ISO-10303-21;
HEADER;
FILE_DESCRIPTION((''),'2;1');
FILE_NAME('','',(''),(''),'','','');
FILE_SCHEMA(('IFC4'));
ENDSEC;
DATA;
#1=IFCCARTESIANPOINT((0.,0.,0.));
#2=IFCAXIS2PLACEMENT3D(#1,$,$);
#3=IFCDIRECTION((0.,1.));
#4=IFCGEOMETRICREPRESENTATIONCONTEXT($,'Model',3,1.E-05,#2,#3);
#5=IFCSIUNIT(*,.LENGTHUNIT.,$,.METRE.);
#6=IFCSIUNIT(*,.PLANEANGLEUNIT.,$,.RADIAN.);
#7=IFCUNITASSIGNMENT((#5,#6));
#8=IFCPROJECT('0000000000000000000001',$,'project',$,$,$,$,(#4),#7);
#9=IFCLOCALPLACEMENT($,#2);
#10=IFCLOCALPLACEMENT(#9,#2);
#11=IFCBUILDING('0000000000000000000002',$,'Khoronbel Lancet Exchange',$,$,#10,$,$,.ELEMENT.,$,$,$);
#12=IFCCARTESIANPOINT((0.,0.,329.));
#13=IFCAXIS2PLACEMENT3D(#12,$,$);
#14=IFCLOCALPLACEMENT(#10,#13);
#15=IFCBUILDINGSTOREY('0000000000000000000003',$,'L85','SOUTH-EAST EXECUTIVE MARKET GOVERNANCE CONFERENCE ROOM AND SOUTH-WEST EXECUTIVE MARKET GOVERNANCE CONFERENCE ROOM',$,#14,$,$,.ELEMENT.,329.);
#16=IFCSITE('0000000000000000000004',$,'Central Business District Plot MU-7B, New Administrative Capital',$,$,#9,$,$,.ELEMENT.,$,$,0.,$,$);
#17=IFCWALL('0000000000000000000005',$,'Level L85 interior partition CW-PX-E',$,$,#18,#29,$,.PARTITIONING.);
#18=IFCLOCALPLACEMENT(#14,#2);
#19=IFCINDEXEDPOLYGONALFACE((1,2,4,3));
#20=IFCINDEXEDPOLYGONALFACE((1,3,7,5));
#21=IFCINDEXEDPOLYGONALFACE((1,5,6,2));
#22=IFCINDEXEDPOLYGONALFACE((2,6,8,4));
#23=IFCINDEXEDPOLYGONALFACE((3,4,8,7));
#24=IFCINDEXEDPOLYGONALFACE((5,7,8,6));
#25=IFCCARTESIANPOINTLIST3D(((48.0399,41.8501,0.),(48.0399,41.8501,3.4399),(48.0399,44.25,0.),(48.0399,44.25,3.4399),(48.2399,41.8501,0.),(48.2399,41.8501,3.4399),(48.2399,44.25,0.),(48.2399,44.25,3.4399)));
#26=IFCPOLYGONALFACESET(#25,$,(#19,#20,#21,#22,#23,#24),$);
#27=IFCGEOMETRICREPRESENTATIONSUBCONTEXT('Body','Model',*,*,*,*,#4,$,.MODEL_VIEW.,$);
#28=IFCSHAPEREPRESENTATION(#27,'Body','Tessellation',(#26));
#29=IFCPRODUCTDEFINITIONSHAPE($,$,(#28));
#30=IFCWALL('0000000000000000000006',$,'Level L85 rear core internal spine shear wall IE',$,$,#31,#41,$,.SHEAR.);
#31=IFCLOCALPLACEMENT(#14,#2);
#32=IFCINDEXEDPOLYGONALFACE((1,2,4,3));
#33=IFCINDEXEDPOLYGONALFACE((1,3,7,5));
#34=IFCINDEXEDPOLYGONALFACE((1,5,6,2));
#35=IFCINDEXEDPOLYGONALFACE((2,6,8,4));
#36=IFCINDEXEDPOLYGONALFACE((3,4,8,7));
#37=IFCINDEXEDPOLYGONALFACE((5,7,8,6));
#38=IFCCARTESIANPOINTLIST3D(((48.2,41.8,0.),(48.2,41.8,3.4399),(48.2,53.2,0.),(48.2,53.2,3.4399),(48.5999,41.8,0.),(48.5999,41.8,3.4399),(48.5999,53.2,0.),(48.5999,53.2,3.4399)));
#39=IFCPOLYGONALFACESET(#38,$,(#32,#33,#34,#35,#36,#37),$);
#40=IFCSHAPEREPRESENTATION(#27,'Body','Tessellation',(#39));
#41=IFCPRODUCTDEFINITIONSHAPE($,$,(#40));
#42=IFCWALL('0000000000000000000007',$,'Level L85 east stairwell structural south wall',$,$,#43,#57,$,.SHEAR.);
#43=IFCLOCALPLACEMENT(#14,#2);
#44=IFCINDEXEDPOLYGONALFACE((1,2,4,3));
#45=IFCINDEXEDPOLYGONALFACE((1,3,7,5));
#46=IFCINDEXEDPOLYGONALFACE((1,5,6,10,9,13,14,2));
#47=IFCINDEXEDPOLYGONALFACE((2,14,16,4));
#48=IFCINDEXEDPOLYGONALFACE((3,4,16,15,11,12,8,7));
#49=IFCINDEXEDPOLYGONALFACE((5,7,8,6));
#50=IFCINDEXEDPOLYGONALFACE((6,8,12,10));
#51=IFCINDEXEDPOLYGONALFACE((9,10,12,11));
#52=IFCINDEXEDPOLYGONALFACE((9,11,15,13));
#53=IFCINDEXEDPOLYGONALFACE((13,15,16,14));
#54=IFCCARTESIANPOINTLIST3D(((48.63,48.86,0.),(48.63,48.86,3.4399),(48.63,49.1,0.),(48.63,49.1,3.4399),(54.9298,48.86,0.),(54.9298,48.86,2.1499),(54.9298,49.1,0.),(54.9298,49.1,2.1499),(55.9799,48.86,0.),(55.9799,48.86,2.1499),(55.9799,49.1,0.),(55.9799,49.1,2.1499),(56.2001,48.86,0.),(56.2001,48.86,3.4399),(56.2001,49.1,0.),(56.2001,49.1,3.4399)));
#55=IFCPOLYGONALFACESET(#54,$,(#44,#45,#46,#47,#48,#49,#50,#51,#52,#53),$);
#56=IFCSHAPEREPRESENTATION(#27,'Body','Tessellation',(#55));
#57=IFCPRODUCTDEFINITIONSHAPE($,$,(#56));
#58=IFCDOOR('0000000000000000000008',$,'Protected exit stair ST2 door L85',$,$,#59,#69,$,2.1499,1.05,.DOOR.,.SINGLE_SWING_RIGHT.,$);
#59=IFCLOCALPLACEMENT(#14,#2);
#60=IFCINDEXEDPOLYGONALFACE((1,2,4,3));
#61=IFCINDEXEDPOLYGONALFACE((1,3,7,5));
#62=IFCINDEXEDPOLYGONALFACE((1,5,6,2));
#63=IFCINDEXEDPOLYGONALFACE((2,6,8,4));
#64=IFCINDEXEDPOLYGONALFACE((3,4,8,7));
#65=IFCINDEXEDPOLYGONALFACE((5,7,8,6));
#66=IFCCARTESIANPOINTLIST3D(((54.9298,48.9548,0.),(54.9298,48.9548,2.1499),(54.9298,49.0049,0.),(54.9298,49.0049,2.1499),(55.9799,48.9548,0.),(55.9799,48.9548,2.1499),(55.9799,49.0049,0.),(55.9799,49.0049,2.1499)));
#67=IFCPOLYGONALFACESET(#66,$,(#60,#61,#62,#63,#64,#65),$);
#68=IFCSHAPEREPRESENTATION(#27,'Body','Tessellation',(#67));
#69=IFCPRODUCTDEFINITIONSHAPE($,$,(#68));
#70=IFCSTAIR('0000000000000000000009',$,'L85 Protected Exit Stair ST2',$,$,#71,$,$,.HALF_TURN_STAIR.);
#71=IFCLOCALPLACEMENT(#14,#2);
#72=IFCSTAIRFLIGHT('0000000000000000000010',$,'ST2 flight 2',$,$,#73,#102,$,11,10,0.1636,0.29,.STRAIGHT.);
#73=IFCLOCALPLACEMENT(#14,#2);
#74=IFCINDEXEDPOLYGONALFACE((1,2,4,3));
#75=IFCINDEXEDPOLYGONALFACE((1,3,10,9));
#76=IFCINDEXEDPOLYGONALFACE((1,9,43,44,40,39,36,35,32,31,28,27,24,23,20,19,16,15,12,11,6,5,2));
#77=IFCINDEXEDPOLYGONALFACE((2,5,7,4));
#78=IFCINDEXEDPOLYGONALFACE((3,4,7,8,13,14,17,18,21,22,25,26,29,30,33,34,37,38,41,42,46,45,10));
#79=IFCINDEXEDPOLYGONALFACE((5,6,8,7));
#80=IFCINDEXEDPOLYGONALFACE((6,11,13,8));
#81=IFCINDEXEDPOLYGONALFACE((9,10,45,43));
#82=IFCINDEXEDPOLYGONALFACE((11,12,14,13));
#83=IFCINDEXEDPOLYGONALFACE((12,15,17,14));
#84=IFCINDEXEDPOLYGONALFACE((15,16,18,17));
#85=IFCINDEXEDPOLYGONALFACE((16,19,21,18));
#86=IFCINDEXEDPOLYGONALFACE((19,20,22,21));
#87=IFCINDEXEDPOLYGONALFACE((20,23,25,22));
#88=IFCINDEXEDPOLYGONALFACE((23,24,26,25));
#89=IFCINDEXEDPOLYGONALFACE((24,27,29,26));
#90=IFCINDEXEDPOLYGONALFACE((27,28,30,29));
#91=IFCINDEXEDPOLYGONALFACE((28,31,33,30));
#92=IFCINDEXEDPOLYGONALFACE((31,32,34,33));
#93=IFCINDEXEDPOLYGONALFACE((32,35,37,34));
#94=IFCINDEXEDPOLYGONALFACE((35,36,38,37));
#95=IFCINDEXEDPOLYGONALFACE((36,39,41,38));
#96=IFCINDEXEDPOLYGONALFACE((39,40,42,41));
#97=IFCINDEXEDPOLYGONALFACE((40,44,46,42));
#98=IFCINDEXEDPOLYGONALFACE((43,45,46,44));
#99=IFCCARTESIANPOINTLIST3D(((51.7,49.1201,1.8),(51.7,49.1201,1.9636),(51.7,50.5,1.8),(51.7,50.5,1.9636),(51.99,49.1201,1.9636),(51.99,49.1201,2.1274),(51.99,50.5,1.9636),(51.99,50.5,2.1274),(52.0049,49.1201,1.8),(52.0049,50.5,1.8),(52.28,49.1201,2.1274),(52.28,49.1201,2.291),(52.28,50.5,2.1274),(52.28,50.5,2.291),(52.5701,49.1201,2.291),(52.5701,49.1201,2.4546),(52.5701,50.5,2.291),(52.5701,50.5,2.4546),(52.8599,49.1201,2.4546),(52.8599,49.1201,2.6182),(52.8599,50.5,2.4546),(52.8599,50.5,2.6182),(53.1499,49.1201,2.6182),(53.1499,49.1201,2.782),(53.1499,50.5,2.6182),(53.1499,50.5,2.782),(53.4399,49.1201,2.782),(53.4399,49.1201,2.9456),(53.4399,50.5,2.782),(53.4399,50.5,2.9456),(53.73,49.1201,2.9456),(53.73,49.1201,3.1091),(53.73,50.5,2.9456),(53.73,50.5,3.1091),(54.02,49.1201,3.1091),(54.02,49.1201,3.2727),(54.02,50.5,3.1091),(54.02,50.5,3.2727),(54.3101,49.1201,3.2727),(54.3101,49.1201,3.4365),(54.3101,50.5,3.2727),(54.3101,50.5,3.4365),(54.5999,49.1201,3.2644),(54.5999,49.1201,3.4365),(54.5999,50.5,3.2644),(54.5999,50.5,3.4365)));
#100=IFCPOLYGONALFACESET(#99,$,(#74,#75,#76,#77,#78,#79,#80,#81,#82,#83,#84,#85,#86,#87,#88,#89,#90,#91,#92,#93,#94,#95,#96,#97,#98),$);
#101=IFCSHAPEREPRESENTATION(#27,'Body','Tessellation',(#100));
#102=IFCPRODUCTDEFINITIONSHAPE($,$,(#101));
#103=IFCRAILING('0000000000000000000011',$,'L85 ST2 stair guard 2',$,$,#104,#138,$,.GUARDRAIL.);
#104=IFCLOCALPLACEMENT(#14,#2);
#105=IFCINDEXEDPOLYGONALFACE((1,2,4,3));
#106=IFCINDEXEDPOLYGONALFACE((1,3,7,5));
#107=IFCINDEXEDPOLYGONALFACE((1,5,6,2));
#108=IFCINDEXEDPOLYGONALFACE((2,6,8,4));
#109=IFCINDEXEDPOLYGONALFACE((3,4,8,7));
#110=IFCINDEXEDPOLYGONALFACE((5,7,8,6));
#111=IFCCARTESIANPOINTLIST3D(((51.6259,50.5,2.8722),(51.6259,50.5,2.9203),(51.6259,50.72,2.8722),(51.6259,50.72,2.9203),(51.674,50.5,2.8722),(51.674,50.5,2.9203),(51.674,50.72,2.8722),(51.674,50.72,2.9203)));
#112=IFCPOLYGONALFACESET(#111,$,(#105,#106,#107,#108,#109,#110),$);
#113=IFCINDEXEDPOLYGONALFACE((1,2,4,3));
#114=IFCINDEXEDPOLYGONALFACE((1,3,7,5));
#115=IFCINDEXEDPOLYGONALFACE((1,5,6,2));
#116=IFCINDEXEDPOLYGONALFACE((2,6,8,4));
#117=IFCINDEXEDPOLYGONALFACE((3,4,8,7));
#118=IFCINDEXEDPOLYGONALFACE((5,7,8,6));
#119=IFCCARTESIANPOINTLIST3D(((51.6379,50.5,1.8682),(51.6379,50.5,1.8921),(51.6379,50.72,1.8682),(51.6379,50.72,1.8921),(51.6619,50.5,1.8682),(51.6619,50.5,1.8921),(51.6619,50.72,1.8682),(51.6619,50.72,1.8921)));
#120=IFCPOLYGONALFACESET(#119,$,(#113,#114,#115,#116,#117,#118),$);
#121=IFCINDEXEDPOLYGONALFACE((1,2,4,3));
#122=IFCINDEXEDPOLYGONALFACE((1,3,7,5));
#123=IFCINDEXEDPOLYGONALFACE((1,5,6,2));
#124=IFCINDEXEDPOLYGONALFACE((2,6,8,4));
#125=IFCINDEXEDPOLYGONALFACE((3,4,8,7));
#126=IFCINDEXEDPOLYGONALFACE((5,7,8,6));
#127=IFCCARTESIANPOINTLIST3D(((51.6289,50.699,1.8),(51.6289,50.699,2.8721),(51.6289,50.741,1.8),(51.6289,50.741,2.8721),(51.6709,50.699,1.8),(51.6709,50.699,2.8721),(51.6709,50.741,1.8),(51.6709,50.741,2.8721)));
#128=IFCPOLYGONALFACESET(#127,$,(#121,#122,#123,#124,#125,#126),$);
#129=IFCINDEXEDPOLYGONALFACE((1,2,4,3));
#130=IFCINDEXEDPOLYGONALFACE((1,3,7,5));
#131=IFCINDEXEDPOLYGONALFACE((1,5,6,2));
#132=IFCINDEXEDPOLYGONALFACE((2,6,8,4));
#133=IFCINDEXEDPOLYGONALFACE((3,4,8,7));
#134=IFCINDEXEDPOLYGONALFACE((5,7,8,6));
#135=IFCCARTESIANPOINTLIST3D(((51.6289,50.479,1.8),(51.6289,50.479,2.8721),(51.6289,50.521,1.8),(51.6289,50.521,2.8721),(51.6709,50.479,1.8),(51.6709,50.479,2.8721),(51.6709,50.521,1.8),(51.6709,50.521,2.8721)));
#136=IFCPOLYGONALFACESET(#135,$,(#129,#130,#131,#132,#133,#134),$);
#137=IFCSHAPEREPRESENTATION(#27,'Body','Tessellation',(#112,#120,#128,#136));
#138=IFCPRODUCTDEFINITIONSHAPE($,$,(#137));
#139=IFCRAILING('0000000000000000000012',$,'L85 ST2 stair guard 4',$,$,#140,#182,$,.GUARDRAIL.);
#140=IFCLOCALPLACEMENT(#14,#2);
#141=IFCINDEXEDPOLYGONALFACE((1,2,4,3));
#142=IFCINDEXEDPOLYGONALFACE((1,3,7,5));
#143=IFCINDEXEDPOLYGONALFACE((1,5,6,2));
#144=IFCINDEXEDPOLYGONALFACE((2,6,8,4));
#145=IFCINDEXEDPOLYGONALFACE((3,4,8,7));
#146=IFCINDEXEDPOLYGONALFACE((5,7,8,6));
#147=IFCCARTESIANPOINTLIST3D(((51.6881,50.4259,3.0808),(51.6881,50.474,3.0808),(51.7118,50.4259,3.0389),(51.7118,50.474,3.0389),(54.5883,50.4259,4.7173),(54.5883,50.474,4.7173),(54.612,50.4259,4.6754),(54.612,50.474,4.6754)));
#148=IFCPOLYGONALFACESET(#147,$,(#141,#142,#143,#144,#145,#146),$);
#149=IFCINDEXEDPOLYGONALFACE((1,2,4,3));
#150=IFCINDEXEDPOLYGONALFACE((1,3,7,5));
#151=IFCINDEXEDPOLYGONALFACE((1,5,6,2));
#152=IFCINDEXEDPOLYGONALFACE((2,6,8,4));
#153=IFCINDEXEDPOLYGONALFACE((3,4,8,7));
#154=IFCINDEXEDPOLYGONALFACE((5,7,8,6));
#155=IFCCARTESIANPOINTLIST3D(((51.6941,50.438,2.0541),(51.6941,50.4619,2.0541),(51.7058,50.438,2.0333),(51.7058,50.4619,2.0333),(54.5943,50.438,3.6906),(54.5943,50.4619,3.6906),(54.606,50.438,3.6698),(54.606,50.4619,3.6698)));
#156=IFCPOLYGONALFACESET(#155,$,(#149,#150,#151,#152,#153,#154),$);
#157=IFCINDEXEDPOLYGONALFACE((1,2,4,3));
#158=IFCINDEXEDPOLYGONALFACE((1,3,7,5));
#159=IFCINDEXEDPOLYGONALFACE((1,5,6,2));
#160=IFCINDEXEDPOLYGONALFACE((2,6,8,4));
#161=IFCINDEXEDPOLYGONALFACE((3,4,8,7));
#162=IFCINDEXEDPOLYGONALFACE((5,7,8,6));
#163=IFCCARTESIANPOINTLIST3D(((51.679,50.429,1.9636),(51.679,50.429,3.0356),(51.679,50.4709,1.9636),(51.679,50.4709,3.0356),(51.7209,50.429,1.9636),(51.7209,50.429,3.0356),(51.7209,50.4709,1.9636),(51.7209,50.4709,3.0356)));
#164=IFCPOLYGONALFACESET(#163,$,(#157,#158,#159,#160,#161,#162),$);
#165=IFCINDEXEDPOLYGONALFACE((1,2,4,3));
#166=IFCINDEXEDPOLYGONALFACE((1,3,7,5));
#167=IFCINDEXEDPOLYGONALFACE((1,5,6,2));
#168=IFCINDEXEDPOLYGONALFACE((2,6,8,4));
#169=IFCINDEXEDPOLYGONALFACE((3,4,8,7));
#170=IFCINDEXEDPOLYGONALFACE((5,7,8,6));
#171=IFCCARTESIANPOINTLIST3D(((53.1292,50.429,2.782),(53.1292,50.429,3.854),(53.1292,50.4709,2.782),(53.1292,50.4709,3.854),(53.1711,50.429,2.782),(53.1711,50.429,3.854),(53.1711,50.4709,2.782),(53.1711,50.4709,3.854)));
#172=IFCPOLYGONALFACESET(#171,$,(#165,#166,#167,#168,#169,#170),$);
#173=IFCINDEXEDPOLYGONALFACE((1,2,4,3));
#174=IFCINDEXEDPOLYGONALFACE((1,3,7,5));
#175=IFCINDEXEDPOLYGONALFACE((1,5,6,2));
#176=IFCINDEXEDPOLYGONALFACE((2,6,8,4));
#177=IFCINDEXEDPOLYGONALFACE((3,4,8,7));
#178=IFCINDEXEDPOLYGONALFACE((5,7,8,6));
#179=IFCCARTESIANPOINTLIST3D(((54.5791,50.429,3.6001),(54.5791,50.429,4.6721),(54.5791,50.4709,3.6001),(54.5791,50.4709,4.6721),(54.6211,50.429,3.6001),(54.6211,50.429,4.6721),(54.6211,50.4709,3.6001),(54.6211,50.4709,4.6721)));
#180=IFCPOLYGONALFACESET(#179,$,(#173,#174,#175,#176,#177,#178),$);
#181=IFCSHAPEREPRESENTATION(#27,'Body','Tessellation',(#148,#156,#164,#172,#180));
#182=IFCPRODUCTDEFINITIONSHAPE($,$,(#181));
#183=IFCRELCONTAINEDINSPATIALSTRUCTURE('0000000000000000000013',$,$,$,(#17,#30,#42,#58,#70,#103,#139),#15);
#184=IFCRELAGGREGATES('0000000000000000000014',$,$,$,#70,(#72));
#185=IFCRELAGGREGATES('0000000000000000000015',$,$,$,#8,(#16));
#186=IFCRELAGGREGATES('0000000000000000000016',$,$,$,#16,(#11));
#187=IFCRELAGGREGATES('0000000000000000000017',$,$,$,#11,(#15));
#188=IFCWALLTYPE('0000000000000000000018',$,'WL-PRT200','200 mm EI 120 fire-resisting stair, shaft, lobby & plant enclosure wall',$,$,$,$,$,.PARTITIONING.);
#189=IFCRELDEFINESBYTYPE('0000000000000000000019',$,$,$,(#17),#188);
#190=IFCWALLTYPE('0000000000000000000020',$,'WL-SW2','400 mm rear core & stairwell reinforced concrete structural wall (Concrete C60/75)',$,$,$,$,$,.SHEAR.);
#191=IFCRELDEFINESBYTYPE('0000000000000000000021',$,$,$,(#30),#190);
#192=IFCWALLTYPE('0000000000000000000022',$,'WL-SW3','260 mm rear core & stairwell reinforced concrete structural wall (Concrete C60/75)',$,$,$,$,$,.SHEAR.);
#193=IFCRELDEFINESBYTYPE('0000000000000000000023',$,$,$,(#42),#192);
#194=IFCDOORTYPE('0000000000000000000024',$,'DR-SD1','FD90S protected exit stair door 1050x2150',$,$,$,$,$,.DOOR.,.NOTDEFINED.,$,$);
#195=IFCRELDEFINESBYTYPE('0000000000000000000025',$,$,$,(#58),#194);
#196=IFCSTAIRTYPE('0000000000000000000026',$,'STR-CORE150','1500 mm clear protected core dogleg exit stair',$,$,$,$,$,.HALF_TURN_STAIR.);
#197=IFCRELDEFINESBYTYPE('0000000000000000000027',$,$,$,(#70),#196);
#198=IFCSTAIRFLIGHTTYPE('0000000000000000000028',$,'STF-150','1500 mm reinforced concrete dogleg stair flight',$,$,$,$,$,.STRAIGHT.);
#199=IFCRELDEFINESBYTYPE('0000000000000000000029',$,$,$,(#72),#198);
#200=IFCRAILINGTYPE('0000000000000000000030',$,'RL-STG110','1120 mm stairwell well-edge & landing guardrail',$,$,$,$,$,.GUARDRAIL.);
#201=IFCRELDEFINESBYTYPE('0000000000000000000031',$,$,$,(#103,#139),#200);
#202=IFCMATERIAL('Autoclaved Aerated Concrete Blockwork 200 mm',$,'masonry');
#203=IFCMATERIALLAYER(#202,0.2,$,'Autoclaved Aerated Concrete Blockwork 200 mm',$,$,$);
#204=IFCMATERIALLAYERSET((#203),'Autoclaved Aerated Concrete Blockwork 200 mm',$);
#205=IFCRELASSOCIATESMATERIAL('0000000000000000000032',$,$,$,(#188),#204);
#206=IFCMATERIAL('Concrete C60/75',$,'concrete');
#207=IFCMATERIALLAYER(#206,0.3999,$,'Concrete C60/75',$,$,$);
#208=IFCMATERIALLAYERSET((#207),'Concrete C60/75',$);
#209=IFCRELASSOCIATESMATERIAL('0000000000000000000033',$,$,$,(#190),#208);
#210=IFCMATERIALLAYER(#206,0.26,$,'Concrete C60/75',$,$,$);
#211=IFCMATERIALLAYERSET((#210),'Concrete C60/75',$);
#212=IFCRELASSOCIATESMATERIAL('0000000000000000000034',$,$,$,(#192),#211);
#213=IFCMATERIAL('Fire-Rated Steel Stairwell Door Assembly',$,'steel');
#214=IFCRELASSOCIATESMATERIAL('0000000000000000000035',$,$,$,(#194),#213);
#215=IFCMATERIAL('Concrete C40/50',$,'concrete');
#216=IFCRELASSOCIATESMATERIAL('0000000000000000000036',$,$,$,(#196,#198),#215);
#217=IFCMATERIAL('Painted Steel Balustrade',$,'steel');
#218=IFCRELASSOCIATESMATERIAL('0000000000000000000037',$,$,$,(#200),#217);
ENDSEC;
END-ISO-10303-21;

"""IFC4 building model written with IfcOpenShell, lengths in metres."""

from ifc_helpers import new_model, si_unit, direction, frame, frame_2d, origin, origin_2d, place, context, subcontext, project, spatial, polyline, rectangle, outline, extrude, material, layer, layer_set, type_object, element, fill, aggregate, save


model = new_model("IFC4")

# Units and contexts
model_context = context("Model", 3, precision=1e-05, world=origin(), true_north=direction((0.0, 1.0)))
body_context = subcontext(model_context, "Body", "Model", "MODEL_VIEW")
ifc_project = project(units=[si_unit("LENGTHUNIT", "METRE"), si_unit("PLANEANGLEUNIT", "RADIAN")], contexts=[model_context])

# Site, building, storey
site_placement = place(None, origin())
site = spatial("IfcSite", under=ifc_project, at=site_placement, Name="Central Business District Plot MU-7B, New Administrative Capital", CompositionType="ELEMENT", RefElevation=0.0)
building_placement = place(site_placement, origin())
building = spatial("IfcBuilding", under=site, at=building_placement, Name="Khoronbel Lancet Exchange", CompositionType="ELEMENT")
storey_placement = place(building_placement, frame((0.0, 0.0, 329.0)))
storey = spatial("IfcBuildingStorey", under=building, at=storey_placement, Name="L85", Description="SOUTH-EAST EXECUTIVE MARKET GOVERNANCE CONFERENCE ROOM AND SOUTH-WEST EXECUTIVE MARKET GOVERNANCE CONFERENCE ROOM", CompositionType="ELEMENT", Elevation=329.0)

# Shared definitions
ifc_material_1 = material(Name="Autoclaved Aerated Concrete Blockwork 200 mm", Category="masonry")
ifc_layer_1 = layer(ifc_material_1, 0.2, Name="Autoclaved Aerated Concrete Blockwork 200 mm")
ifc_layer_set_1 = layer_set([ifc_layer_1], Name="Autoclaved Aerated Concrete Blockwork 200 mm")
wall_type_1 = type_object("IfcWallType", Name="WL-PRT200", Description="200 mm EI 120 fire-resisting stair, shaft, lobby & plant enclosure wall", PredefinedType="PARTITIONING", material=ifc_layer_set_1)

# Walls
for number, where, z_axis, x_axis, name in (
    (1, (48.1399, 41.8501, 0.0), (0.0, 0.0, 1.0), (0.0, 1.0, 0.0), "Level L85 interior partition CW-PX-E"),
):
    element("IfcWall", number, at=place(storey_placement, frame(where, z_axis=z_axis, x_axis=x_axis)), inside=storey, type_object=wall_type_1, Name=name, PredefinedType="PARTITIONING", context=body_context, shape_type="SweptSolid", body=[
        extrude(rectangle(XDim=2.3999, YDim=0.2, at=frame_2d((1.2, 0.0))), origin(), (0.0, 0.0, 1.0), 3.4399),
    ])
ifc_material_2 = material(Name="Concrete C60/75", Category="concrete")
ifc_layer_2 = layer(ifc_material_2, 0.3999, Name="Concrete C60/75")
ifc_layer_set_2 = layer_set([ifc_layer_2], Name="Concrete C60/75")
wall_type_2 = type_object("IfcWallType", Name="WL-SW2", Description="400 mm rear core & stairwell reinforced concrete structural wall (Concrete C60/75)", PredefinedType="SHEAR", material=ifc_layer_set_2)
wall_1_placement = place(storey_placement, frame((48.3999, 41.8, 0.0), z_axis=(0.0, 0.0, 1.0), x_axis=(0.0, 1.0, 0.0)))
element("IfcWall", 2, at=wall_1_placement, inside=storey, type_object=wall_type_2, Name="Level L85 rear core internal spine shear wall IE", PredefinedType="SHEAR", context=body_context, shape_type="SweptSolid", body=[
    extrude(rectangle(XDim=11.3999, YDim=0.3999, at=frame_2d((5.7, 0.0))), origin(), (0.0, 0.0, 1.0), 3.4399),
])

# Wall, opening, door
ifc_layer_3 = layer(ifc_material_2, 0.26, Name="Concrete C60/75")
ifc_layer_set_3 = layer_set([ifc_layer_3], Name="Concrete C60/75")
wall_type_3 = type_object("IfcWallType", Name="WL-SW3", Description="260 mm rear core & stairwell reinforced concrete structural wall (Concrete C60/75)", PredefinedType="SHEAR", material=ifc_layer_set_3)
wall_2_placement = place(storey_placement, frame((48.6299, 48.98, 0.0), z_axis=(0.0, 0.0, 1.0), x_axis=(1.0, 0.0, 0.0)))
wall_2 = element("IfcWall", 3, at=wall_2_placement, inside=storey, type_object=wall_type_3, Name="Level L85 east stairwell structural south wall", PredefinedType="SHEAR", context=body_context, shape_type="SweptSolid", body=[
    extrude(rectangle(XDim=7.5701, YDim=0.24, at=frame_2d((3.7852, 0.0))), origin(), (0.0, 0.0, 1.0), 3.4399),
])
opening_1_placement = place(wall_2_placement, frame((6.3, 0.0, 0.0)))
opening_1 = element("IfcOpeningElement", 4, at=opening_1_placement, cuts=wall_2, PredefinedType="OPENING", context=body_context, shape_type="SweptSolid", body=[
    extrude(rectangle(XDim=1.05, YDim=2.1499, at=frame_2d((0.5249, 1.075))), frame((0.0, 0.1299, 0.0), z_axis=(0.0, -1.0, 0.0), x_axis=(1.0, 0.0, 0.0)), (0.0, 0.0, 1.0), 0.26),
])
ifc_material_3 = material(Name="Fire-Rated Steel Stairwell Door Assembly", Category="steel")
door_type_1 = type_object("IfcDoorType", Name="DR-SD1", Description="FD90S protected exit stair door 1050x2150", OperationType="NOTDEFINED", PredefinedType="DOOR", material=ifc_material_3)
door_1_placement = place(opening_1_placement, origin())
door_1 = element("IfcDoor", 5, at=door_1_placement, inside=storey, type_object=door_type_1, Name="Protected exit stair ST2 door L85", OperationType="SINGLE_SWING_RIGHT", OverallHeight=2.1499, OverallWidth=1.05, PredefinedType="DOOR", context=body_context, shape_type="SweptSolid", body=[
    extrude(rectangle(XDim=1.05, YDim=2.1499, at=frame_2d((0.5249, 1.075))), frame((0.0, 0.0249, 0.0), z_axis=(0.0, -1.0, 0.0), x_axis=(1.0, 0.0, 0.0)), (0.0, 0.0, 1.0), 0.05),
])
fill(opening_1, door_1)

# Stair, stair flight
ifc_material_4 = material(Name="Concrete C40/50", Category="concrete")
stair_type = type_object("IfcStairType", Name="STR-CORE150", Description="1500 mm clear protected core dogleg exit stair", PredefinedType="HALF_TURN_STAIR", material=ifc_material_4)
stair_placement = place(storey_placement, origin())
stair = element("IfcStair", 6, at=stair_placement, inside=storey, type_object=stair_type, Name="L85 Protected Exit Stair ST2", PredefinedType="HALF_TURN_STAIR")
stair_flight_type = type_object("IfcStairFlightType", Name="STF-150", Description="1500 mm reinforced concrete dogleg stair flight", PredefinedType="STRAIGHT", material=ifc_material_4)
stair_flight_placement = place(storey_placement, frame((51.7, 49.8101, 1.8), z_axis=(0.0, 0.0, 1.0), x_axis=(1.0, 0.0, 0.0)))
stair_flight = element("IfcStairFlight", 7, at=stair_flight_placement, type_object=stair_flight_type, Name="ST2 flight 2", NumberOfRisers=11, NumberOfTreads=10, PredefinedType="STRAIGHT", RiserHeight=0.1636, TreadLength=0.29, context=body_context, shape_type="SweptSolid", body=[
    extrude(outline(polyline([(0.0, 0.0), (0.0, 0.1636), (0.29, 0.1636), (0.29, 0.3274), (0.5801, 0.3274), (0.5801, 0.491), (0.8701, 0.491), (0.8701, 0.6545), (1.1599, 0.6545), (1.1599, 0.8181), (1.45, 0.8181), (1.45, 0.9819), (1.74, 0.9819), (1.74, 1.1455), (2.03, 1.1455), (2.03, 1.3091), (2.3201, 1.3091), (2.3201, 1.4727), (2.6101, 1.4727), (2.6101, 1.6365), (2.8999, 1.6365), (2.8999, 1.8), (2.8999, 1.4644), (0.3049, 0.0), (0.0, 0.0)])), frame((0.0, 0.6899, 0.0), z_axis=(0.0, -1.0, 0.0), x_axis=(1.0, 0.0, 0.0)), (0.0, 0.0, 1.0), 1.3799),
])
aggregate(stair, [stair_flight])

# Railings
ifc_material_5 = material(Name="Painted Steel Balustrade", Category="steel")
railing_type_1 = type_object("IfcRailingType", Name="RL-STG110", Description="1120 mm stairwell well-edge & landing guardrail", PredefinedType="GUARDRAIL", material=ifc_material_5)
railing_1_placement = place(storey_placement, frame((51.6499, 50.72, 1.8)))
element("IfcRailing", 8, at=railing_1_placement, inside=storey, type_object=railing_type_1, Name="L85 ST2 stair guard 2", PredefinedType="GUARDRAIL", context=body_context, shape_type="SweptSolid", body=[
    extrude(rectangle(XDim=0.0481, YDim=0.0481, at=origin_2d()), frame((0.0, 0.0, 1.0962), z_axis=(0.0, -1.0, 0.0), x_axis=(1.0, 0.0, 0.0)), (0.0, 0.0, 1.0), 0.22),
    extrude(rectangle(XDim=0.0239, YDim=0.0239, at=origin_2d()), frame((0.0, 0.0, 0.0801), z_axis=(0.0, -1.0, 0.0), x_axis=(1.0, 0.0, 0.0)), (0.0, 0.0, 1.0), 0.22),
    extrude(rectangle(XDim=0.042, YDim=0.042, at=origin_2d()), origin(), (0.0, 0.0, 1.0), 1.072),
    extrude(rectangle(XDim=0.042, YDim=0.042, at=origin_2d()), frame((0.0, -0.22, 0.0)), (0.0, 0.0, 1.0), 1.072),
])
railing_2_placement = place(storey_placement, frame((51.7, 50.45, 1.9636)))
element("IfcRailing", 9, at=railing_2_placement, inside=storey, type_object=railing_type_1, Name="L85 ST2 stair guard 4", PredefinedType="GUARDRAIL", context=body_context, shape_type="SweptSolid", body=[
    extrude(rectangle(XDim=0.0481, YDim=0.0481, at=origin_2d()), frame((0.0, 0.0, 1.0962), z_axis=(0.870915, 0.0, 0.491434), x_axis=(0.0, 1.0, 0.0)), (0.0, 0.0, 1.0), 3.3301),
    extrude(rectangle(XDim=0.0239, YDim=0.0239, at=origin_2d()), frame((0.0, 0.0, 0.0801), z_axis=(0.870915, 0.0, 0.491434), x_axis=(0.0, 1.0, 0.0)), (0.0, 0.0, 1.0), 3.3301),
    extrude(rectangle(XDim=0.042, YDim=0.042, at=origin_2d()), origin(), (0.0, 0.0, 1.0), 1.072),
    extrude(rectangle(XDim=0.042, YDim=0.042, at=origin_2d()), frame((1.4502, 0.0, 0.8184)), (0.0, 0.0, 1.0), 1.072),
    extrude(rectangle(XDim=0.042, YDim=0.042, at=origin_2d()), frame((2.9001, 0.0, 1.6365)), (0.0, 0.0, 1.0), 1.072),
])

save(model, "model.ifc")
